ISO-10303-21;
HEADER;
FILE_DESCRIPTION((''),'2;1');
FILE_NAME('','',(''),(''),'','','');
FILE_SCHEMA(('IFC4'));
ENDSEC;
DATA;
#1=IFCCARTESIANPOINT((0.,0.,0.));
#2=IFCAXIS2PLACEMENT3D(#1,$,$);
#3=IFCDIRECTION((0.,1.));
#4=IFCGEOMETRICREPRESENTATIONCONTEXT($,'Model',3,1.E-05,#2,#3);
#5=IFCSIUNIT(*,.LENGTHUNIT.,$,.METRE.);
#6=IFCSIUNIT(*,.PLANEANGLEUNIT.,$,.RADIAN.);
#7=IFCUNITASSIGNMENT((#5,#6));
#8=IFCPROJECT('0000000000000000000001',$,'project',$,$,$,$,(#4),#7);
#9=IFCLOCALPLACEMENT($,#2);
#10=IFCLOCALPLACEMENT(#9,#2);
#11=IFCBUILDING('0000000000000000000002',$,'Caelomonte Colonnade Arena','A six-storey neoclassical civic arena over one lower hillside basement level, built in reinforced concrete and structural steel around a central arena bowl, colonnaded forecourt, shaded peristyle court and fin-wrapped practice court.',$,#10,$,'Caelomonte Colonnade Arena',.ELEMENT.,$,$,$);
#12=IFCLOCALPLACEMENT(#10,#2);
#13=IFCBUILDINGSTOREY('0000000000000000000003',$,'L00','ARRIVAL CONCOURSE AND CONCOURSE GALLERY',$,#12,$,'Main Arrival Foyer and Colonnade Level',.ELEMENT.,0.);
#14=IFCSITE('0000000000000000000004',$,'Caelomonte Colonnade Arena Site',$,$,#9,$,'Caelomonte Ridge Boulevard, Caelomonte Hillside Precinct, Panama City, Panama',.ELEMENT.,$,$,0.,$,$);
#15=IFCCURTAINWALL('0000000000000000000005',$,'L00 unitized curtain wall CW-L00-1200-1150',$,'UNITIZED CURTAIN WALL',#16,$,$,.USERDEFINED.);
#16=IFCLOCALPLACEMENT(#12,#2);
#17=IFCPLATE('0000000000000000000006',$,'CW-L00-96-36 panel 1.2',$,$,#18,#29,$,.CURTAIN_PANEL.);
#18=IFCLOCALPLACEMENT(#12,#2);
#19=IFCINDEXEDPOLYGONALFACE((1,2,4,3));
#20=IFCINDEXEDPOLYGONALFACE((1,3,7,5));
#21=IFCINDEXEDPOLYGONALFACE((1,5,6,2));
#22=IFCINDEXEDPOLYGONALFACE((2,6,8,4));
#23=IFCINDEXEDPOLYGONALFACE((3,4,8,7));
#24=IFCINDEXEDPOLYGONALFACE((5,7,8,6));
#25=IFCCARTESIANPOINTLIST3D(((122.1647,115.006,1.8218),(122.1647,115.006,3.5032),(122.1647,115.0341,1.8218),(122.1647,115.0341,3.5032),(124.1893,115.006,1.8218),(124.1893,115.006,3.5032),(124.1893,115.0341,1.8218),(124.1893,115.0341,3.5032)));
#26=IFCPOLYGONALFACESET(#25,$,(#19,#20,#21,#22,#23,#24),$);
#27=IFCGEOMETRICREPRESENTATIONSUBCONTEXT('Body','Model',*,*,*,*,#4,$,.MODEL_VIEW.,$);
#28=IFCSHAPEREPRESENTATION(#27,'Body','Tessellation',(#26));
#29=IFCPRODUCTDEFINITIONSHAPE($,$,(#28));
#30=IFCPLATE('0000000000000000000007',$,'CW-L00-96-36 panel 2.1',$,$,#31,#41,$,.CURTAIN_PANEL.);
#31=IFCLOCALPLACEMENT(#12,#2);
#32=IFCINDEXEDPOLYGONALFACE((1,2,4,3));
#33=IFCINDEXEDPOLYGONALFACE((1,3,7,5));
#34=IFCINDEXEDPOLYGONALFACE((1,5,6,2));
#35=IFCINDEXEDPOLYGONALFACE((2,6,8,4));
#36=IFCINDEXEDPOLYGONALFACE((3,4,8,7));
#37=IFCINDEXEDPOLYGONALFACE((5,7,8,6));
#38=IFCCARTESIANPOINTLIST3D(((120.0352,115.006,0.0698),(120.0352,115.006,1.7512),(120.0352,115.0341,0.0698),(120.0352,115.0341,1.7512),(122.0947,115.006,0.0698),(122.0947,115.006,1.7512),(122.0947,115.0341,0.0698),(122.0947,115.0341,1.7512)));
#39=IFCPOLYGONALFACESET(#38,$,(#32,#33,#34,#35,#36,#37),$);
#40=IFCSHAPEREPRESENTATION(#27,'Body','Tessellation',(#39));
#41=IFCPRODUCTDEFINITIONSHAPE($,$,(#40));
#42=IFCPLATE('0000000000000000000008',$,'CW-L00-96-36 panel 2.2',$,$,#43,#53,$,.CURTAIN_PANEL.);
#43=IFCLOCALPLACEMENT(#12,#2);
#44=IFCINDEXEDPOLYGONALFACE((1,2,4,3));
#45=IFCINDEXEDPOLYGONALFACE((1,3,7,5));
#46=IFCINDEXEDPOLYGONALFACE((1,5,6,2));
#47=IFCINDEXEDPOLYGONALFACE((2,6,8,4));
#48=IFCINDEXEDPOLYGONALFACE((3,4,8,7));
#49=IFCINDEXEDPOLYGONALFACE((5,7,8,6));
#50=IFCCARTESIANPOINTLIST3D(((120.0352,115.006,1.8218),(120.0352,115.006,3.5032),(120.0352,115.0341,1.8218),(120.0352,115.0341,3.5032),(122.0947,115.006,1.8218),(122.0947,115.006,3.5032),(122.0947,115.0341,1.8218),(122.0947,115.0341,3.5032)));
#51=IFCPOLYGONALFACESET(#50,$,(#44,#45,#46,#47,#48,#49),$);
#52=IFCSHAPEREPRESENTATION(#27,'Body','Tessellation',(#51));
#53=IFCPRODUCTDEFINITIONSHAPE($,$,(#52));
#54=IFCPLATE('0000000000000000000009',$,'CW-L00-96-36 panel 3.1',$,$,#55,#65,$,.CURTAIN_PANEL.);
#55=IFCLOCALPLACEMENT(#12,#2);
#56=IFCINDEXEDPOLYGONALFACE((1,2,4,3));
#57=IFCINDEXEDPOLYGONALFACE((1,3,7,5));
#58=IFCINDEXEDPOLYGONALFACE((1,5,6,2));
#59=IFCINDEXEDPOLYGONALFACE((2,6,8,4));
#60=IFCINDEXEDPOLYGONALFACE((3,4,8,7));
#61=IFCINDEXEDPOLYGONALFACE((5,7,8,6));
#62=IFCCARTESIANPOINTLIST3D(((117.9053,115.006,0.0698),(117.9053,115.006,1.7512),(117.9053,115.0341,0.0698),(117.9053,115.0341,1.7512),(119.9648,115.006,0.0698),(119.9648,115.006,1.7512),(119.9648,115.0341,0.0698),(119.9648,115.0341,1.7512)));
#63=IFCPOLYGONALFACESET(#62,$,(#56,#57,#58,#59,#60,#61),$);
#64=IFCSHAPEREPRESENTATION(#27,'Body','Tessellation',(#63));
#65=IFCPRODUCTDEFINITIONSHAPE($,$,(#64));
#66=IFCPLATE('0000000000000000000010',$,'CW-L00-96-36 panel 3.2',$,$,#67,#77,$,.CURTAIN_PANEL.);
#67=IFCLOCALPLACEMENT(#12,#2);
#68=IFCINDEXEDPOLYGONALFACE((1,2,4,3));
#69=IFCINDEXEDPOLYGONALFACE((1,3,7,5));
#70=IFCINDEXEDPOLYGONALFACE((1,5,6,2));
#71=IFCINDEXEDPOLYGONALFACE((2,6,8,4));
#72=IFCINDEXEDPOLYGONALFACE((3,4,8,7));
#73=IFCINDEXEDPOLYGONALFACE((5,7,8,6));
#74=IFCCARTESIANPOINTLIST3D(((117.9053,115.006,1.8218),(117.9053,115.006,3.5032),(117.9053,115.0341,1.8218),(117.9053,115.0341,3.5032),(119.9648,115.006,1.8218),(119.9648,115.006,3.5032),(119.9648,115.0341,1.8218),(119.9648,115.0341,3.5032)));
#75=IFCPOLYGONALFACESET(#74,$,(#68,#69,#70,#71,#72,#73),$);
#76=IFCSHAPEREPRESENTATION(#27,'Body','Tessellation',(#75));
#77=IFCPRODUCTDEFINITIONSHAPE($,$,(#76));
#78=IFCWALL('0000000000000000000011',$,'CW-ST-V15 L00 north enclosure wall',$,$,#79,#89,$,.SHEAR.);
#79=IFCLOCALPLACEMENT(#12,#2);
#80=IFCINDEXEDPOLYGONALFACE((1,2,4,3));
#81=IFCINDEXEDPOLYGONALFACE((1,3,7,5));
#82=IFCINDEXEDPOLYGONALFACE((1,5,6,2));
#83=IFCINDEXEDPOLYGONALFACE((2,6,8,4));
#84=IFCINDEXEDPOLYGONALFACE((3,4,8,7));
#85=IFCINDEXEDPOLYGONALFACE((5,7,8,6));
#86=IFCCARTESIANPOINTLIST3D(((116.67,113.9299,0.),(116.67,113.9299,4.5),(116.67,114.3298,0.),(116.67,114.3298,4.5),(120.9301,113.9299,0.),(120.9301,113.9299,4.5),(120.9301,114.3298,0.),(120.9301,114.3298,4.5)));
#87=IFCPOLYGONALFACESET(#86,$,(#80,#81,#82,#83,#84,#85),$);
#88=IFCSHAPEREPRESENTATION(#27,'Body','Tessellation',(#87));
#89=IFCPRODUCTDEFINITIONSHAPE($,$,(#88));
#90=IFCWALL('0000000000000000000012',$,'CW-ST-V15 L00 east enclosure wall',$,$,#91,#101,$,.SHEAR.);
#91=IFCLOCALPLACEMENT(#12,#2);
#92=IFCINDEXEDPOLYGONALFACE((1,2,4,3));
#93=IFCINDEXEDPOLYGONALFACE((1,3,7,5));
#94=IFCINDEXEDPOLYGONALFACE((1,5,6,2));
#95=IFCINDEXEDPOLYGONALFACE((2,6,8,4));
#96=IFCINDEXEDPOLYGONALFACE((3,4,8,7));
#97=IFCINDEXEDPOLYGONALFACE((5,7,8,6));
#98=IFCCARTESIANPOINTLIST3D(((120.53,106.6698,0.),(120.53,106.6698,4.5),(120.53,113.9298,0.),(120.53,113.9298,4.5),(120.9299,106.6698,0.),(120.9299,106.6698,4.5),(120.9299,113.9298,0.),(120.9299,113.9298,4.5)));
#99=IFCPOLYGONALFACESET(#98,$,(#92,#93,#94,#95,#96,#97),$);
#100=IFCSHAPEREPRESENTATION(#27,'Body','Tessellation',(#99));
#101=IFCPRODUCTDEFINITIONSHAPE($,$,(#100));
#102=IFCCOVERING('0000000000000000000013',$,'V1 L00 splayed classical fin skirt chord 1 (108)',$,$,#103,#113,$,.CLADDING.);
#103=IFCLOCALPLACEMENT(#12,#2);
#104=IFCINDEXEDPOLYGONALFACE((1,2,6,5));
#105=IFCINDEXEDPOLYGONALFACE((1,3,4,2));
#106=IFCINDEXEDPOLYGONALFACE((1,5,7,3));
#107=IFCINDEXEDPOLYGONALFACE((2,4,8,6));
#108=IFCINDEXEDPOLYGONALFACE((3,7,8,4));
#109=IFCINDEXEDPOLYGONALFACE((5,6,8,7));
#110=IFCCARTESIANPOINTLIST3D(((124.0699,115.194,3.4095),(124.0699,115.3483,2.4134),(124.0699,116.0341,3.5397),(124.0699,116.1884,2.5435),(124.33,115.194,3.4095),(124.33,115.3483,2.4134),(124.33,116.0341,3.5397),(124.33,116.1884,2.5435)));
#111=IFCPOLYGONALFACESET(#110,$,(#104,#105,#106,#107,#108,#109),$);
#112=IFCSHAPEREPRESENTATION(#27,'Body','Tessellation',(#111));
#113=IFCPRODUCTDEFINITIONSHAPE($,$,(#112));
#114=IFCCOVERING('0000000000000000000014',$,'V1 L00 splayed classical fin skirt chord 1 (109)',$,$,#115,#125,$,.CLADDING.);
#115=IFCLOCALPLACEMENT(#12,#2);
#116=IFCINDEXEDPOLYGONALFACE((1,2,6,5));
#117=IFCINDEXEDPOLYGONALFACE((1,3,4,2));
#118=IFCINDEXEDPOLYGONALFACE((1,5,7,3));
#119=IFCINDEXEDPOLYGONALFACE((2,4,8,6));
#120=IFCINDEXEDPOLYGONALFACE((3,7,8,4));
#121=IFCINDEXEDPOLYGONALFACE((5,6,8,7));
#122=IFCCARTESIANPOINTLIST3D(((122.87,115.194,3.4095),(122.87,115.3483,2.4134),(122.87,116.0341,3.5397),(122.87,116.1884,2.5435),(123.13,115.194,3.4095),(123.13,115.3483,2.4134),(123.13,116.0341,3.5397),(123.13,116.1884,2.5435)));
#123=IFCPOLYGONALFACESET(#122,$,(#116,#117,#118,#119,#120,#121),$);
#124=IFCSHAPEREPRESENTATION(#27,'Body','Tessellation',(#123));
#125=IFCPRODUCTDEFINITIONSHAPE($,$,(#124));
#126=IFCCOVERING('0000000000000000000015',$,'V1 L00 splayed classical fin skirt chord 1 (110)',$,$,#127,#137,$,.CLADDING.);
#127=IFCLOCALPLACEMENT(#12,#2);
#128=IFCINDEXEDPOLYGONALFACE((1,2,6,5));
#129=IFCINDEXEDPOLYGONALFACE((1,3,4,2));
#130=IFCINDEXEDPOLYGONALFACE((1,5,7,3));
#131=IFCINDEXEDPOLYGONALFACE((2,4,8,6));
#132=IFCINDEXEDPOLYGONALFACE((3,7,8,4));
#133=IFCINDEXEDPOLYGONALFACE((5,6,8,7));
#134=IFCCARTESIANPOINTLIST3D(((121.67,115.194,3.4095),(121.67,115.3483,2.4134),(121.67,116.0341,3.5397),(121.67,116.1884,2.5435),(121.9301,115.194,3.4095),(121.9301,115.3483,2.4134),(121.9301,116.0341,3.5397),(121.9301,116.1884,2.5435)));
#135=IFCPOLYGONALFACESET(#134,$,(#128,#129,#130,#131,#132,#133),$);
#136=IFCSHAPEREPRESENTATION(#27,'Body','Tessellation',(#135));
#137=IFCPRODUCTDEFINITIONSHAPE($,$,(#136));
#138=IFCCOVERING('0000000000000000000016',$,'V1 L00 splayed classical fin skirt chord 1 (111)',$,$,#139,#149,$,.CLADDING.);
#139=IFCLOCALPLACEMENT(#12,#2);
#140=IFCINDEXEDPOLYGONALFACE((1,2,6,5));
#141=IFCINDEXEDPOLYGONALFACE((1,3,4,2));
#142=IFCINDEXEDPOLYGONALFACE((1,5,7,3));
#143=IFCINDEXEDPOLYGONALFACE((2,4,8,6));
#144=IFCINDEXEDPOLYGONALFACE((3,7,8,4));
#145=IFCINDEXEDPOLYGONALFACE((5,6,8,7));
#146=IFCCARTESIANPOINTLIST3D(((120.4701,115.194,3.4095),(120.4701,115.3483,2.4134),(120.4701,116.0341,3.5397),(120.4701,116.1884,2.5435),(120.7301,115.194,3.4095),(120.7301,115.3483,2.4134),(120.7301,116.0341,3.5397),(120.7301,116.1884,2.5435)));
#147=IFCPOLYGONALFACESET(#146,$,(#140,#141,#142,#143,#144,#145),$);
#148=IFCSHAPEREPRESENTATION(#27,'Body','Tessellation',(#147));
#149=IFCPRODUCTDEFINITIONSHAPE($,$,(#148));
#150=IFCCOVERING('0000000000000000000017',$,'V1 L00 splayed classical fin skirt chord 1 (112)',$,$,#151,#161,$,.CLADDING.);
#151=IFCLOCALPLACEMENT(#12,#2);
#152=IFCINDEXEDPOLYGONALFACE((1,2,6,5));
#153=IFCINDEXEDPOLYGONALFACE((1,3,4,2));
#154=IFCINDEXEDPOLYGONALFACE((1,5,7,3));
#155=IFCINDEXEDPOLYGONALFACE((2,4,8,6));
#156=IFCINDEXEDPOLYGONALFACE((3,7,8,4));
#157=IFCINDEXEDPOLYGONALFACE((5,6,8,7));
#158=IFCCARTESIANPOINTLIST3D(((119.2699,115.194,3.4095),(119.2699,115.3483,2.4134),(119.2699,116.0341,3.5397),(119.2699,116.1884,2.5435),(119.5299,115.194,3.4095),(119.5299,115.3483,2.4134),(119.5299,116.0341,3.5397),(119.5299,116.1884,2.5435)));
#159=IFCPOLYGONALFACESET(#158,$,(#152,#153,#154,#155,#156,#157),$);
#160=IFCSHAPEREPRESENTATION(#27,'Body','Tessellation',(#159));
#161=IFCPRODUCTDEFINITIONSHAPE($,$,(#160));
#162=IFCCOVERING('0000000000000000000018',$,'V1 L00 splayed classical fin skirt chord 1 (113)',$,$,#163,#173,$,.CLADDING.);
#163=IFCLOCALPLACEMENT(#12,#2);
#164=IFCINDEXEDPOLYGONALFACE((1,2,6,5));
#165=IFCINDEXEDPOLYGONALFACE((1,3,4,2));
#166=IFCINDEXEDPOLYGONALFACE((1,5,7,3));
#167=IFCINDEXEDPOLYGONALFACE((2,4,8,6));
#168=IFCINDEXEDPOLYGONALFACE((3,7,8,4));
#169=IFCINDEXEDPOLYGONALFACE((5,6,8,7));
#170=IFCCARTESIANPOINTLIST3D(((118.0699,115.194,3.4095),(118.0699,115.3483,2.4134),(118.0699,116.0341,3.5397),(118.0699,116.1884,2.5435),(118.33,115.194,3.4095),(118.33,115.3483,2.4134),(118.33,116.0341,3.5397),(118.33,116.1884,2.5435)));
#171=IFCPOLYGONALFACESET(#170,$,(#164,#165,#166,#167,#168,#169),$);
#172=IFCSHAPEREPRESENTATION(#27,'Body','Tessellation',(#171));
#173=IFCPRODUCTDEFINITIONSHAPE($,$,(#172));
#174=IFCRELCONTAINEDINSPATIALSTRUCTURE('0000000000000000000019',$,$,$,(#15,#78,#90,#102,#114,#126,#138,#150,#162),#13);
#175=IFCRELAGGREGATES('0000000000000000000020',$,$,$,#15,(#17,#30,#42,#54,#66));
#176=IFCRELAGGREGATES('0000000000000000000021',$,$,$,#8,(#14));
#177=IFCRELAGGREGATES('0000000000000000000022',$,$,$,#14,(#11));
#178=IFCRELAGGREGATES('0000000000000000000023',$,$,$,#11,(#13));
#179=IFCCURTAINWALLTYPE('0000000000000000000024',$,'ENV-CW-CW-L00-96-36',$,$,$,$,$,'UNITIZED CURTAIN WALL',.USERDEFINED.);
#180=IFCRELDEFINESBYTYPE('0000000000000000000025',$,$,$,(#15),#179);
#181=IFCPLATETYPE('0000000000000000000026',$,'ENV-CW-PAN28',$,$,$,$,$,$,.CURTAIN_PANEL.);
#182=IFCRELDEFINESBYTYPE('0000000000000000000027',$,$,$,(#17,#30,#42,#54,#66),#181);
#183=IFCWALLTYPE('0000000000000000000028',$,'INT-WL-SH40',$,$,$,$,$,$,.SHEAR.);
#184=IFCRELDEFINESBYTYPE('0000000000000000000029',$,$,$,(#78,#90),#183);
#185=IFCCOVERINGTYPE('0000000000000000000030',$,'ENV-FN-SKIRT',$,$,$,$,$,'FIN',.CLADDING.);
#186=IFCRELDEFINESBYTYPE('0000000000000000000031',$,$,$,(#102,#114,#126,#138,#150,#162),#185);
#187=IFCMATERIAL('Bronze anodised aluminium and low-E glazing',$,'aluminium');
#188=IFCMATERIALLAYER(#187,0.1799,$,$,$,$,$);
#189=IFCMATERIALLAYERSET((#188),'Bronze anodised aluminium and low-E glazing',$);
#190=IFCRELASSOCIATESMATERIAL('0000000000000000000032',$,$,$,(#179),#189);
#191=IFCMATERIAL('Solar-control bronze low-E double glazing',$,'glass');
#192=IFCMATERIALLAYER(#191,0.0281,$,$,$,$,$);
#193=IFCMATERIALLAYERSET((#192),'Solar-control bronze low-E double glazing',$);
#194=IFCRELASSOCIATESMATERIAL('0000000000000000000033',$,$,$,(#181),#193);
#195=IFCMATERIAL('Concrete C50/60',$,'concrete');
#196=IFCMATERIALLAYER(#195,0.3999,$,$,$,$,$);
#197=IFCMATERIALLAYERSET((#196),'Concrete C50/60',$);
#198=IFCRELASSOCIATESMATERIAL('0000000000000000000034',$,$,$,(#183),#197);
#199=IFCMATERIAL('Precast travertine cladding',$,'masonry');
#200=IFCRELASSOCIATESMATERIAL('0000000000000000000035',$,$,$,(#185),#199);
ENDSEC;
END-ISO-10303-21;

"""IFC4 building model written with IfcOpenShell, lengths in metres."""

from ifc_helpers import new_model, si_unit, direction, frame, frame_2d, origin, origin_2d, place, context, subcontext, project, spatial, rectangle, extrude, material, layer, layer_set, material_profile, profile_set, type_object, element, aggregate, save


model = new_model("IFC4")

# Units and contexts
model_context = context("Model", 3, precision=1e-05, world=origin(), true_north=direction((0.0, 1.0)))
body_context = subcontext(model_context, "Body", "Model", "MODEL_VIEW")
ifc_project = project(units=[si_unit("LENGTHUNIT", "METRE"), si_unit("PLANEANGLEUNIT", "RADIAN")], contexts=[model_context])

# Site, building, storey
site_placement = place(None, origin())
site = spatial("IfcSite", under=ifc_project, at=site_placement, Name="Caelomonte Colonnade Arena Site", LongName="Caelomonte Ridge Boulevard, Caelomonte Hillside Precinct, Panama City, Panama", CompositionType="ELEMENT", RefElevation=0.0)
building_placement = place(site_placement, origin())
building = spatial("IfcBuilding", under=site, at=building_placement, Name="Caelomonte Colonnade Arena", Description="A six-storey neoclassical civic arena over one lower hillside basement level, built in reinforced concrete and structural steel around a central arena bowl, colonnaded forecourt, shaded peristyle court and fin-wrapped practice court.", LongName="Caelomonte Colonnade Arena", CompositionType="ELEMENT")
storey_placement = place(building_placement, origin())
storey = spatial("IfcBuildingStorey", under=building, at=storey_placement, Name="L00", Description="ARRIVAL CONCOURSE AND CONCOURSE GALLERY", LongName="Main Arrival Foyer and Colonnade Level", CompositionType="ELEMENT", Elevation=0.0)

# Curtain wall, plates
ifc_material_1 = material(Name="Bronze anodised aluminium and low-E glazing", Category="aluminium")
ifc_layer_1 = layer(ifc_material_1, 0.1799)
ifc_layer_set_1 = layer_set([ifc_layer_1], Name="Bronze anodised aluminium and low-E glazing")
curtain_wall_type = type_object("IfcCurtainWallType", Name="ENV-CW-CW-L00-96-36", ElementType="UNITIZED CURTAIN WALL", PredefinedType="USERDEFINED", material=ifc_layer_set_1)
curtain_wall_placement = place(storey_placement, origin())
curtain_wall = element("IfcCurtainWall", 1, at=curtain_wall_placement, inside=storey, type_object=curtain_wall_type, Name="L00 unitized curtain wall CW-L00-1200-1150", ObjectType="UNITIZED CURTAIN WALL", PredefinedType="USERDEFINED")
ifc_material_2 = material(Name="Solar-control bronze low-E double glazing", Category="glass")
ifc_layer_2 = layer(ifc_material_2, 0.0281)
ifc_layer_set_2 = layer_set([ifc_layer_2], Name="Solar-control bronze low-E double glazing")
plate_type = type_object("IfcPlateType", Name="ENV-CW-PAN28", PredefinedType="CURTAIN_PANEL", material=ifc_layer_set_2)
plate_1_placement = place(storey_placement, frame((123.177, 115.02, 1.8218), z_axis=(0.0, 0.0, 1.0), x_axis=(-1.0, 0.0, 0.0)))
plate_1 = element("IfcPlate", 2, at=plate_1_placement, type_object=plate_type, Name="CW-L00-96-36 panel 1.2", PredefinedType="CURTAIN_PANEL", context=body_context, shape_type="SweptSolid", body=[
    extrude(rectangle(XDim=2.0247, YDim=0.0281, at=origin_2d()), origin(), (0.0, 0.0, 1.0), 1.6814),
])
plate_2_placement = place(storey_placement, frame((121.0649, 115.02, 0.0698), z_axis=(0.0, 0.0, 1.0), x_axis=(-1.0, 0.0, 0.0)))
plate_2 = element("IfcPlate", 3, at=plate_2_placement, type_object=plate_type, Name="CW-L00-96-36 panel 2.1", PredefinedType="CURTAIN_PANEL", context=body_context, shape_type="SweptSolid", body=[
    extrude(rectangle(XDim=2.0596, YDim=0.0281, at=origin_2d()), origin(), (0.0, 0.0, 1.0), 1.6814),
])
plate_3_placement = place(storey_placement, frame((121.0649, 115.02, 1.8218), z_axis=(0.0, 0.0, 1.0), x_axis=(-1.0, 0.0, 0.0)))
plate_3 = element("IfcPlate", 4, at=plate_3_placement, type_object=plate_type, Name="CW-L00-96-36 panel 2.2", PredefinedType="CURTAIN_PANEL", context=body_context, shape_type="SweptSolid", body=[
    extrude(rectangle(XDim=2.0596, YDim=0.0281, at=origin_2d()), origin(), (0.0, 0.0, 1.0), 1.6814),
])
plate_4_placement = place(storey_placement, frame((118.9351, 115.02, 0.0698), z_axis=(0.0, 0.0, 1.0), x_axis=(-1.0, 0.0, 0.0)))
plate_4 = element("IfcPlate", 5, at=plate_4_placement, type_object=plate_type, Name="CW-L00-96-36 panel 3.1", PredefinedType="CURTAIN_PANEL", context=body_context, shape_type="SweptSolid", body=[
    extrude(rectangle(XDim=2.0596, YDim=0.0281, at=origin_2d()), origin(), (0.0, 0.0, 1.0), 1.6814),
])
plate_5_placement = place(storey_placement, frame((118.9351, 115.02, 1.8218), z_axis=(0.0, 0.0, 1.0), x_axis=(-1.0, 0.0, 0.0)))
plate_5 = element("IfcPlate", 6, at=plate_5_placement, type_object=plate_type, Name="CW-L00-96-36 panel 3.2", PredefinedType="CURTAIN_PANEL", context=body_context, shape_type="SweptSolid", body=[
    extrude(rectangle(XDim=2.0596, YDim=0.0281, at=origin_2d()), origin(), (0.0, 0.0, 1.0), 1.6814),
])
aggregate(curtain_wall, [plate_1, plate_2, plate_3, plate_4, plate_5])

# Walls
ifc_material_3 = material(Name="Concrete C50/60", Category="concrete")
ifc_layer_3 = layer(ifc_material_3, 0.3999)
ifc_layer_set_3 = layer_set([ifc_layer_3], Name="Concrete C50/60")
wall_type = type_object("IfcWallType", Name="INT-WL-SH40", PredefinedType="SHEAR", material=ifc_layer_set_3)
wall_1_placement = place(storey_placement, frame((120.9299, 114.1299, 0.0), z_axis=(0.0, 0.0, 1.0), x_axis=(-1.0, 0.0, 0.0)))
element("IfcWall", 7, at=wall_1_placement, inside=storey, type_object=wall_type, Name="CW-ST-V15 L00 north enclosure wall", PredefinedType="SHEAR", context=body_context, shape_type="SweptSolid", body=[
    extrude(rectangle(XDim=4.26, YDim=0.3999, at=frame_2d((2.1299, 0.0))), origin(), (0.0, 0.0, 1.0), 4.5),
])
wall_2_placement = place(storey_placement, frame((120.73, 106.6699, 0.0), z_axis=(0.0, 0.0, 1.0), x_axis=(0.0, 1.0, 0.0)))
element("IfcWall", 8, at=wall_2_placement, inside=storey, type_object=wall_type, Name="CW-ST-V15 L00 east enclosure wall", PredefinedType="SHEAR", context=body_context, shape_type="SweptSolid", body=[
    extrude(rectangle(XDim=7.26, YDim=0.3999, at=frame_2d((3.6299, 0.0))), origin(), (0.0, 0.0, 1.0), 4.5),
])

# Coverings
ifc_material_4 = material(Name="Precast travertine cladding", Category="masonry")
ifc_material_profile_1 = material_profile(ifc_material_4, rectangle(XDim=0.26, YDim=0.8501, at=origin_2d()), Name="FIN260X850")
ifc_profile_set_1 = profile_set([ifc_material_profile_1], Name="Precast travertine cladding")
covering_type = type_object("IfcCoveringType", Name="ENV-FN-SKIRT", ElementType="FIN", PredefinedType="CLADDING", material=ifc_profile_set_1)
for number, where, z_axis, x_axis, name in (
    (9, (124.2, 115.614, 3.4746), (0.0, 0.153076, -0.988214), (-1.0, 0.0, 0.0), "V1 L00 splayed classical fin skirt chord 1 (108)"),
    (10, (123.0, 115.614, 3.4746), (0.0, 0.153076, -0.988214), (-1.0, 0.0, 0.0), "V1 L00 splayed classical fin skirt chord 1 (109)"),
    (11, (121.8, 115.614, 3.4746), (0.0, 0.153076, -0.988214), (-1.0, 0.0, 0.0), "V1 L00 splayed classical fin skirt chord 1 (110)"),
    (12, (120.6001, 115.614, 3.4746), (0.0, 0.153076, -0.988214), (-1.0, 0.0, 0.0), "V1 L00 splayed classical fin skirt chord 1 (111)"),
    (13, (119.3999, 115.614, 3.4746), (0.0, 0.153076, -0.988214), (-1.0, 0.0, 0.0), "V1 L00 splayed classical fin skirt chord 1 (112)"),
    (14, (118.2, 115.614, 3.4746), (0.0, 0.153076, -0.988214), (-1.0, 0.0, 0.0), "V1 L00 splayed classical fin skirt chord 1 (113)"),
):
    element("IfcCovering", number, at=place(storey_placement, frame(where, z_axis=z_axis, x_axis=x_axis)), inside=storey, type_object=covering_type, Name=name, PredefinedType="CLADDING", context=body_context, shape_type="SweptSolid", body=[
        extrude(rectangle(XDim=0.26, YDim=0.8501, at=origin_2d()), origin(), (0.0, 0.0, 1.0), 1.0081),
    ])

save(model, "model.ifc")
